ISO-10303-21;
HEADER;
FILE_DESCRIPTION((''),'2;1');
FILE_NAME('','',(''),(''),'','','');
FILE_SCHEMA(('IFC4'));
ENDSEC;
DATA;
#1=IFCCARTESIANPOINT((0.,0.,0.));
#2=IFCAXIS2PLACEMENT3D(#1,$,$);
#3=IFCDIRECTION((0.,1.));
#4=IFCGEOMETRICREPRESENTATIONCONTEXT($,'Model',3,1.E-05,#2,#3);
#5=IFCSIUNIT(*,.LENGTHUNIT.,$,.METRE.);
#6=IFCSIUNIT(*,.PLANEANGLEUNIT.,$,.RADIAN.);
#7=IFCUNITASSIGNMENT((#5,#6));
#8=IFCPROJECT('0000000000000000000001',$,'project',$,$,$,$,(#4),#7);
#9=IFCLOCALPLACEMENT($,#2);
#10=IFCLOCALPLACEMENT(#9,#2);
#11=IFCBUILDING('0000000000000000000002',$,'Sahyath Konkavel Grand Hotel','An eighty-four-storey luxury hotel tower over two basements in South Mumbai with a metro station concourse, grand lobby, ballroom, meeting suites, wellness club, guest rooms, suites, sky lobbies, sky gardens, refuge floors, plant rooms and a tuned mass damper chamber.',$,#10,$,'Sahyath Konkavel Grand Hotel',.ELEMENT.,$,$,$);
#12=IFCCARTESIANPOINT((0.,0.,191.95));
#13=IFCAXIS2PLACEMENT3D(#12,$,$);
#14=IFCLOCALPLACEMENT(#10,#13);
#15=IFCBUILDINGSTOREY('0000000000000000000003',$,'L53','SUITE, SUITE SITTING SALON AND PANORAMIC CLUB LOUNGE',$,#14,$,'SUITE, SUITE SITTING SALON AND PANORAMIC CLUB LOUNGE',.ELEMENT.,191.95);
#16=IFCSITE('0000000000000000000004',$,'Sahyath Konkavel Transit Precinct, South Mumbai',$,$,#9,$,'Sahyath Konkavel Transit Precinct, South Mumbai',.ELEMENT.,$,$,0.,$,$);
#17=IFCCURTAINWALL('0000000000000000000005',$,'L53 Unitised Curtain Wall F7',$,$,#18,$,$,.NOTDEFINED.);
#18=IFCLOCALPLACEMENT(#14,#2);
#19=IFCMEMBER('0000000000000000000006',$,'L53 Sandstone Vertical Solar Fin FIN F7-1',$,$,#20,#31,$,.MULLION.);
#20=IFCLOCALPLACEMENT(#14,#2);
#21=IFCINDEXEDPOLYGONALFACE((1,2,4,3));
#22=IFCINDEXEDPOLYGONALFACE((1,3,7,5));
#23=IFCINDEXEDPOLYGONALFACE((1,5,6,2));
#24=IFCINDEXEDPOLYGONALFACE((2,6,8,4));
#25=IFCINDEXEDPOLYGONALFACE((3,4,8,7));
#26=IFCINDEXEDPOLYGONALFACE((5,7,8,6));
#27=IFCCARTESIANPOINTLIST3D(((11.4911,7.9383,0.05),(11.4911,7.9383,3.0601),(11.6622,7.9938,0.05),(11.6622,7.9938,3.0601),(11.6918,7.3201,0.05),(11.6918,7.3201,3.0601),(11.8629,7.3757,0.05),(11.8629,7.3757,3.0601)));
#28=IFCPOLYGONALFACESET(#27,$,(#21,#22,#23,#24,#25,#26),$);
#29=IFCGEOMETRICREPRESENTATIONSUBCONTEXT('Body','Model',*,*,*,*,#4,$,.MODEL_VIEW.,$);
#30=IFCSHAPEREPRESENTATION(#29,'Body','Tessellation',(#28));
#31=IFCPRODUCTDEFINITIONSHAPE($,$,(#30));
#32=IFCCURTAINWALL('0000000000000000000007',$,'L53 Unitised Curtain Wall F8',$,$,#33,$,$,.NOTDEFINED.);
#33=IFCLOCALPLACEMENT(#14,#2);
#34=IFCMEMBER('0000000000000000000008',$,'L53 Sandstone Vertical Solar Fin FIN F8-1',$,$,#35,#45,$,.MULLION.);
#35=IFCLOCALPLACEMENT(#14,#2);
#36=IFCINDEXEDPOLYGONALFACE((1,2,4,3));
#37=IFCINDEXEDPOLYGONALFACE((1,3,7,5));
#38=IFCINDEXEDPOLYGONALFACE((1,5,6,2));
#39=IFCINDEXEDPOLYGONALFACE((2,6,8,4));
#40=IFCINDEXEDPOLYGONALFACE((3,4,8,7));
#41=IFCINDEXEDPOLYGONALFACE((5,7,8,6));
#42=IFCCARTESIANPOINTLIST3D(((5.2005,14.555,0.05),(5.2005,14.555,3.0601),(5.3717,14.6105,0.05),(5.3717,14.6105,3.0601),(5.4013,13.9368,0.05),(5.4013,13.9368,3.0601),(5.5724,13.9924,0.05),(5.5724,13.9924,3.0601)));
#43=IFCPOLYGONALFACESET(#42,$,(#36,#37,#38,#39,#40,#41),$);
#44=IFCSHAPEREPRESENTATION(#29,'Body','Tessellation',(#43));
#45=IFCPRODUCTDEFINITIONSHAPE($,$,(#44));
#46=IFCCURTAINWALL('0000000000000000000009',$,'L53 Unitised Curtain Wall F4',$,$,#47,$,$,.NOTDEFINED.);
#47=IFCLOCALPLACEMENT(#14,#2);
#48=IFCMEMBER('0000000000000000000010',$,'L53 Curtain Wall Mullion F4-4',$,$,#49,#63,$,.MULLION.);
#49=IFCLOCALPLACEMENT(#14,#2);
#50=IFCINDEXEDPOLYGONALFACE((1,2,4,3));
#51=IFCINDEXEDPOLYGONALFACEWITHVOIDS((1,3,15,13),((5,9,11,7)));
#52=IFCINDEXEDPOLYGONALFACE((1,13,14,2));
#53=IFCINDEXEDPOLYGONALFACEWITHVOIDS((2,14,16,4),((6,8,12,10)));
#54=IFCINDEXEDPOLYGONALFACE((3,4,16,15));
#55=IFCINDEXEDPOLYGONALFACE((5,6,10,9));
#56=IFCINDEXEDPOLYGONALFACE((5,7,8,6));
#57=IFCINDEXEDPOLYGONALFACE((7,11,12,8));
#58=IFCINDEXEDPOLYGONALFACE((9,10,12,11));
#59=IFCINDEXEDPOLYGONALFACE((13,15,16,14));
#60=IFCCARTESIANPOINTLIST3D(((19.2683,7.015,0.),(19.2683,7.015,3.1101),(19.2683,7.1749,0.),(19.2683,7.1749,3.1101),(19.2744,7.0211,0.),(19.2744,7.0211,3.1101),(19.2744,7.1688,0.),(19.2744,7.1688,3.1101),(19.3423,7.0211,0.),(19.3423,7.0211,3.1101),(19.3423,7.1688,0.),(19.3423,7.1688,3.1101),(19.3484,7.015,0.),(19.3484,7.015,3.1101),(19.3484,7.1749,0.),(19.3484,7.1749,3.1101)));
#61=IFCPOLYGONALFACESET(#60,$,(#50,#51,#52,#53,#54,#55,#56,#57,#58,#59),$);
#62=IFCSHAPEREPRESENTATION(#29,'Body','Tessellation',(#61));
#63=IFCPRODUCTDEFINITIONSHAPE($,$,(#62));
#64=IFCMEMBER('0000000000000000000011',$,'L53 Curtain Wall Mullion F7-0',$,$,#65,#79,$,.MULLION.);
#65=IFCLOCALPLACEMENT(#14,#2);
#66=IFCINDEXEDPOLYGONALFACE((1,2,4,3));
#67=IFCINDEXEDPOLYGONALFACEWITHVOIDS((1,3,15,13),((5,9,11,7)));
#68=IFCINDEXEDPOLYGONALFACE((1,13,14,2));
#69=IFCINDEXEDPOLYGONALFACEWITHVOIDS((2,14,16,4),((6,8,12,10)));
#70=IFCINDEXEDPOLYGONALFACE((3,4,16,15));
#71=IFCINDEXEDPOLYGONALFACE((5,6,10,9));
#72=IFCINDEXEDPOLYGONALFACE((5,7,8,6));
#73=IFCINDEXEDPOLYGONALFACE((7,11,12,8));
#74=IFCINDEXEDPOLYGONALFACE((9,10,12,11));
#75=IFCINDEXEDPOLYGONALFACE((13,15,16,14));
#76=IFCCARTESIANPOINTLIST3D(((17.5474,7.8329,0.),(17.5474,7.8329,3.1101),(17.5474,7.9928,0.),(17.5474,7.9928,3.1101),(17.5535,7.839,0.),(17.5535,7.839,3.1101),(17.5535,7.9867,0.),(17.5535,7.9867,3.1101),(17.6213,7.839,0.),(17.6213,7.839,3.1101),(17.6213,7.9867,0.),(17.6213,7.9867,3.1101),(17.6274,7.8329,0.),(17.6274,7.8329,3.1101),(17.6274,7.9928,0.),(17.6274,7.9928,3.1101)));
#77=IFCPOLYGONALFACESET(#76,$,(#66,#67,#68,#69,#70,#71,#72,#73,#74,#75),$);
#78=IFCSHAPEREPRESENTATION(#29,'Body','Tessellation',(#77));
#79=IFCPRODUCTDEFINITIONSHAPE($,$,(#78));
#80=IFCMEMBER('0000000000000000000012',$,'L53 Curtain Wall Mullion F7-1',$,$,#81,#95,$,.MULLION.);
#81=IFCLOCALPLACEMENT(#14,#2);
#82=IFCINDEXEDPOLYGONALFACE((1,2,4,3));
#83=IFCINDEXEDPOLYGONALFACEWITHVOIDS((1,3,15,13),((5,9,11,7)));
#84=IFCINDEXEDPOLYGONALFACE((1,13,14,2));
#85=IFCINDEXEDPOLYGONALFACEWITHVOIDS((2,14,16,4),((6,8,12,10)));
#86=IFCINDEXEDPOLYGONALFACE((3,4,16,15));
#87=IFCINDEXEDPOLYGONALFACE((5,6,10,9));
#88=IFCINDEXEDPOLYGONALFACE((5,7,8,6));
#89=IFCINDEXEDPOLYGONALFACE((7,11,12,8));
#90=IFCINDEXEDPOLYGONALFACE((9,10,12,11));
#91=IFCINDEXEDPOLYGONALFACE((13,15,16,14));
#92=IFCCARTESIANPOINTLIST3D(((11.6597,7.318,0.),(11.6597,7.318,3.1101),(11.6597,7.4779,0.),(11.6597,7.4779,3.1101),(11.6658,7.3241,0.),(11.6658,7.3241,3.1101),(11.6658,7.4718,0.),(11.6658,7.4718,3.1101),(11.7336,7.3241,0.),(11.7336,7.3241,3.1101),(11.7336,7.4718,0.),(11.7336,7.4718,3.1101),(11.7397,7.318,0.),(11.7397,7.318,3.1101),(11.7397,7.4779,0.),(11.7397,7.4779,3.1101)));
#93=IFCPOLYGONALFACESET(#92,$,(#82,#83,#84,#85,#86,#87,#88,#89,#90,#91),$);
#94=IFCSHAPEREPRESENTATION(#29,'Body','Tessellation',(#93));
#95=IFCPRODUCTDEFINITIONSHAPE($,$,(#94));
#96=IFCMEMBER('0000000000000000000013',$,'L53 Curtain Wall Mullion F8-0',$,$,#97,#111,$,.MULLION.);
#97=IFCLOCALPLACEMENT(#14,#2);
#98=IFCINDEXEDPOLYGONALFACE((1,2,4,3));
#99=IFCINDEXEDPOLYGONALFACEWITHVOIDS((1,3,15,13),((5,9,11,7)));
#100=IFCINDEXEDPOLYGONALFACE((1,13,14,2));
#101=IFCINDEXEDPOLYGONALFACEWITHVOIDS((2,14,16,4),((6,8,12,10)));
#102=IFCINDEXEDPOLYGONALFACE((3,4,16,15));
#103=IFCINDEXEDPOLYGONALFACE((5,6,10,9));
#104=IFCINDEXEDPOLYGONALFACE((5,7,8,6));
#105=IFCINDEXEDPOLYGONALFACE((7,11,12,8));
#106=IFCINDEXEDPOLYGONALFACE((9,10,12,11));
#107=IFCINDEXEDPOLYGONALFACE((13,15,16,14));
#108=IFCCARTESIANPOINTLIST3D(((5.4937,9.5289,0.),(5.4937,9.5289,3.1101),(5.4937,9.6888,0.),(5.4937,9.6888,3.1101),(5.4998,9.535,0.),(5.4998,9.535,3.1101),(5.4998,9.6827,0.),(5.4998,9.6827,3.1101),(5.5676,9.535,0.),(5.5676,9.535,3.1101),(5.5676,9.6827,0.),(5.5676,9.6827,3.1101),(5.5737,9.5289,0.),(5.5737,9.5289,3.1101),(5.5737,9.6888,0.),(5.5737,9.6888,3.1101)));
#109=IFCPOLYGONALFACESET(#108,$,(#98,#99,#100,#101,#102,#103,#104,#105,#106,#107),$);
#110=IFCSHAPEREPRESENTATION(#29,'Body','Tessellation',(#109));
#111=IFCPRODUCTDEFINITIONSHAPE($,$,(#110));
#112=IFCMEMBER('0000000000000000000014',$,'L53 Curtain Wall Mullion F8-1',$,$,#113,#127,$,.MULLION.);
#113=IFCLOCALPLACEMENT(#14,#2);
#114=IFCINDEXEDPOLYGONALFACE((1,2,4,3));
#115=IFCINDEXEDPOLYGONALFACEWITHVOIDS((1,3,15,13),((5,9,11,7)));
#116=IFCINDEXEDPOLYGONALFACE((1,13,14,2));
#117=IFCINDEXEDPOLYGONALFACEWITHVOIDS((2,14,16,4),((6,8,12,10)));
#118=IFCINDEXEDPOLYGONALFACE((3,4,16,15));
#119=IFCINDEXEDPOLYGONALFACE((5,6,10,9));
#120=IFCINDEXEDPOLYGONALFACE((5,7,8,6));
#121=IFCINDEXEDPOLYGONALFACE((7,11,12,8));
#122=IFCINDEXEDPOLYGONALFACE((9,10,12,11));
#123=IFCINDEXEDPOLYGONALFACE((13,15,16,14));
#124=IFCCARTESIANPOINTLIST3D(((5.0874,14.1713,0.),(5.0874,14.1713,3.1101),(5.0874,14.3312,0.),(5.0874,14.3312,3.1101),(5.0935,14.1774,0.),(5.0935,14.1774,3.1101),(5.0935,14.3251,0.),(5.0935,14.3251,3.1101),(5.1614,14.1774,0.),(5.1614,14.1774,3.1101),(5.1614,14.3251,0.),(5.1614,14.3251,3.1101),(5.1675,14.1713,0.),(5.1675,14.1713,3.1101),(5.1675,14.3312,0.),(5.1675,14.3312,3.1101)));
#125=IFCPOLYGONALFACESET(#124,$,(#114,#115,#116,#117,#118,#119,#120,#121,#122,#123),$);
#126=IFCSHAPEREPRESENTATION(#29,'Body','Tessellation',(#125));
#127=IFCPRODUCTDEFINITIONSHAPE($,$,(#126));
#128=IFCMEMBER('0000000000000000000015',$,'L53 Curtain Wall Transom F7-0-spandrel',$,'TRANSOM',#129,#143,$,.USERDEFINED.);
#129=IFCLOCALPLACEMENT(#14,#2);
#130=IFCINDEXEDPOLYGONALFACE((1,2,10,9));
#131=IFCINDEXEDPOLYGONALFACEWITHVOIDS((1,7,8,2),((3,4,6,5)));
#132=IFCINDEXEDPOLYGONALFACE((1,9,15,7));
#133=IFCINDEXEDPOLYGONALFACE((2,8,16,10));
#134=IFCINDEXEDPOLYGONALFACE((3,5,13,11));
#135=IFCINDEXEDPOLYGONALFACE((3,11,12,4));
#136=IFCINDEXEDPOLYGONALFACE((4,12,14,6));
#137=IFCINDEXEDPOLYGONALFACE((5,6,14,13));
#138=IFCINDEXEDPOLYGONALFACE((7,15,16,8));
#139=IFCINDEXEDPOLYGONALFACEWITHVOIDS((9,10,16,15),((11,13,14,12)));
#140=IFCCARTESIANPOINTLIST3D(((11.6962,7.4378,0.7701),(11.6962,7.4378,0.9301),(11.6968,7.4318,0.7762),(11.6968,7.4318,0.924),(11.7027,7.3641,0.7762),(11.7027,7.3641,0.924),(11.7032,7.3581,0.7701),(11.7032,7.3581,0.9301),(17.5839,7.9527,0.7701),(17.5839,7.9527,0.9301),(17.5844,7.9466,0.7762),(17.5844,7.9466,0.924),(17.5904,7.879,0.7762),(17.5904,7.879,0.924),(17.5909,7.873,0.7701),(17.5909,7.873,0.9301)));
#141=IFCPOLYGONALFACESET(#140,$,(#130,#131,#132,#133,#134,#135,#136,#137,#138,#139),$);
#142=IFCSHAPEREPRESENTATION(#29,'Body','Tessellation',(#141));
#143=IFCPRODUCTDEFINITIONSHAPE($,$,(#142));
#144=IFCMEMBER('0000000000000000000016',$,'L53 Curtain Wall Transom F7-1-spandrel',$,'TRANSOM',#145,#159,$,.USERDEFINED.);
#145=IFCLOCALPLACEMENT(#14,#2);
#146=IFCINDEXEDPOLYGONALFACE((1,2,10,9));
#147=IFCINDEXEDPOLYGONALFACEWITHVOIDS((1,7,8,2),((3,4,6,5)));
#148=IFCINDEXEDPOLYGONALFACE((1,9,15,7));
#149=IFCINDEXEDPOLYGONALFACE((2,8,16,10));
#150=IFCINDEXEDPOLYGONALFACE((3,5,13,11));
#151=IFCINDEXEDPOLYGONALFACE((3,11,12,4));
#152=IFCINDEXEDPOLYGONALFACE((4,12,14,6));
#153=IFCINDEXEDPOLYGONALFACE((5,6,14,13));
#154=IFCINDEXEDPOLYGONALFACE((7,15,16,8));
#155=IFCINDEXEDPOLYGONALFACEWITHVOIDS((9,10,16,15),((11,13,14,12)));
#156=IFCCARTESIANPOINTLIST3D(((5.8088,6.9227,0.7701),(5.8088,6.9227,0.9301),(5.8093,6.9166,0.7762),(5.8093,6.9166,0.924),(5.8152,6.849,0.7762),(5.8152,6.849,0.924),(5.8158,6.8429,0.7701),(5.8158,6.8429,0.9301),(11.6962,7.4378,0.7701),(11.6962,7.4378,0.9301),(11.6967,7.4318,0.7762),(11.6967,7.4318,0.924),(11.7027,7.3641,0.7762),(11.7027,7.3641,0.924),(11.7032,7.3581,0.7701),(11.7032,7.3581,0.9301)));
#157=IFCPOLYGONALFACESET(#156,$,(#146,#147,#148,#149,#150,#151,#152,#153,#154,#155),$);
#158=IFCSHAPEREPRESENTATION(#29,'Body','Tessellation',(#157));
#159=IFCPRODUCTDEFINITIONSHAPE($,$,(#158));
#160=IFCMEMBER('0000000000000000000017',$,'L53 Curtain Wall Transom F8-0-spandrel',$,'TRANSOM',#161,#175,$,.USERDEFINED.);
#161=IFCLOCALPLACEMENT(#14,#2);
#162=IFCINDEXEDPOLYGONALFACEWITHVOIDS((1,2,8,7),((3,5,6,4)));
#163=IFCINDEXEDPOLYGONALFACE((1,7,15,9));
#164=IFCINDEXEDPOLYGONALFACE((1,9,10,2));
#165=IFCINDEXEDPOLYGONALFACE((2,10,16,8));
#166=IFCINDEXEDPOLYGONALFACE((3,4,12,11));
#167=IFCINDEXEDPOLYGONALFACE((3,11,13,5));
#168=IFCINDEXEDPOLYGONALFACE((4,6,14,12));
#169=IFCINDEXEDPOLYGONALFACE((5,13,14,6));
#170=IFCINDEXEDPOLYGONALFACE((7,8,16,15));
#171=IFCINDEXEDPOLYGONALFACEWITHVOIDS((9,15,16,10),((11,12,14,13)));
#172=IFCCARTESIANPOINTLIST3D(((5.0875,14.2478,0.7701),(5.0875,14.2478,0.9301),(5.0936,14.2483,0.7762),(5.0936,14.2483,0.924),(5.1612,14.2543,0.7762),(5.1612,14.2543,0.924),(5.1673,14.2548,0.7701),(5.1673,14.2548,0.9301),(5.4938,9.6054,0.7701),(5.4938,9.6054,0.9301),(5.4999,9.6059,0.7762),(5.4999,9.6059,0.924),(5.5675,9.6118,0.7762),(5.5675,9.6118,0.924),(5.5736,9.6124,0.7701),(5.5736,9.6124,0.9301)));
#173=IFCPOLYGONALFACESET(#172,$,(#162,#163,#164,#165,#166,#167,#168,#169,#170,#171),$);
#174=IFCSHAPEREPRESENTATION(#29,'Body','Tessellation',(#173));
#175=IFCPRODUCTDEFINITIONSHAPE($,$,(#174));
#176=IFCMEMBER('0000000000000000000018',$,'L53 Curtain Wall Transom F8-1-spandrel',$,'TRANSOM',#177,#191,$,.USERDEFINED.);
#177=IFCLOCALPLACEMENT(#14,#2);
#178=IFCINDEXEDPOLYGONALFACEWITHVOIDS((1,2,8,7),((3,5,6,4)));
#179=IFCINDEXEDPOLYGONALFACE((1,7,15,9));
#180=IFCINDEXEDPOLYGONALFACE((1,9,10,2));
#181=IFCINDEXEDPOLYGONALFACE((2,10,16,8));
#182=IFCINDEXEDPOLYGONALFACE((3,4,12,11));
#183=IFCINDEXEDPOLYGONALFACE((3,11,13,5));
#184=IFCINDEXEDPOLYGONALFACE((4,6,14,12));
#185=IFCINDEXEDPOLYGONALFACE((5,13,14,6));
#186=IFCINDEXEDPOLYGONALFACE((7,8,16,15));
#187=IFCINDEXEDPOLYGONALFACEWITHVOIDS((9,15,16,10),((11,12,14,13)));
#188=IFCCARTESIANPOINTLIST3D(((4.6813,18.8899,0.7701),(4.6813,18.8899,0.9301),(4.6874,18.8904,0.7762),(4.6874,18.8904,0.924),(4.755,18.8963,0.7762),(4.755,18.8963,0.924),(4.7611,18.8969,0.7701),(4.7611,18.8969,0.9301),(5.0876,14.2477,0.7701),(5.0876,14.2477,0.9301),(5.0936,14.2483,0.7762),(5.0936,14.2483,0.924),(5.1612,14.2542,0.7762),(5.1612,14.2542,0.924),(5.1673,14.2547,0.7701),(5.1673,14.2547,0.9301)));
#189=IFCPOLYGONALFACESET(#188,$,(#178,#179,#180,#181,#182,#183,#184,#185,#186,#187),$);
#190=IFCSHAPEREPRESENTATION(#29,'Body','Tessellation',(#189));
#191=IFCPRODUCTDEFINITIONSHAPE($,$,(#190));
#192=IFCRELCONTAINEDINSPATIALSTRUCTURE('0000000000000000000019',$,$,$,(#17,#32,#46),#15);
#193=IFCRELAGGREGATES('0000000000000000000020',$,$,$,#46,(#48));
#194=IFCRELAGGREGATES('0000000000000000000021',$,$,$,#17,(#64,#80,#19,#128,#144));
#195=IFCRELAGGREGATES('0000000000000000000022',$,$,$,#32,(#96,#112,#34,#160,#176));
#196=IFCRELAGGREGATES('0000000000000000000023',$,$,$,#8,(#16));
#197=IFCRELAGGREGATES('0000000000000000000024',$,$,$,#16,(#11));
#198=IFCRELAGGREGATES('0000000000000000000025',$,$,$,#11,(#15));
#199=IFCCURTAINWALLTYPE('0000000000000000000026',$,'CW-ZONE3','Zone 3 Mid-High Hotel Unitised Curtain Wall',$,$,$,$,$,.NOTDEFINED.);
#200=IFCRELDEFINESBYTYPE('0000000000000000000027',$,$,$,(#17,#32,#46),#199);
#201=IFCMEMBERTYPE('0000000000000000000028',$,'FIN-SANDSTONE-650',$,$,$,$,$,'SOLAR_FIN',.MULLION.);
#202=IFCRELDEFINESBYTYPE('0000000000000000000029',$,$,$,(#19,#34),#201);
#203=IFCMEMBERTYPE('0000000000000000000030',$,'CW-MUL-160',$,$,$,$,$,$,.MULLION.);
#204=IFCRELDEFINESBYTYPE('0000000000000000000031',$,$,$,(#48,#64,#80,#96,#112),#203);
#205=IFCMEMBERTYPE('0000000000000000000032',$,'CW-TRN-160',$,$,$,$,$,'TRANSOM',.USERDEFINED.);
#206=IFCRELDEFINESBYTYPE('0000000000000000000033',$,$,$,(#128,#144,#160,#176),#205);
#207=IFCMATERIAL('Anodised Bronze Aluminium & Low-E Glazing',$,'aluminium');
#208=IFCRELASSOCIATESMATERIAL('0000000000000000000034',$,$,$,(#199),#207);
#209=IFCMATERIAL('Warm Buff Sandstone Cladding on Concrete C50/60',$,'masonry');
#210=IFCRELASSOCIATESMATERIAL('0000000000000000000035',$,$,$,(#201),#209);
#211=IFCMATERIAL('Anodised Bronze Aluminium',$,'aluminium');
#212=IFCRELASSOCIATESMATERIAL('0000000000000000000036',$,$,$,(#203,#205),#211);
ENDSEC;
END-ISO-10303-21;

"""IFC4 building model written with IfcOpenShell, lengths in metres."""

from ifc_helpers import new_model, si_unit, direction, frame, origin, origin_2d, place, context, subcontext, project, spatial, rectangle, hollow_rectangle, extrude, source, transform, mapped, material, material_profile, profile_set, type_object, element, aggregate, save


model = new_model("IFC4")

# Units and contexts
model_context = context("Model", 3, precision=1e-05, world=origin(), true_north=direction((0.0, 1.0)))
body_context = subcontext(model_context, "Body", "Model", "MODEL_VIEW")
ifc_project = project(units=[si_unit("LENGTHUNIT", "METRE"), si_unit("PLANEANGLEUNIT", "RADIAN")], contexts=[model_context])

# Site, building, storey
site_placement = place(None, origin())
site = spatial("IfcSite", under=ifc_project, at=site_placement, Name="Sahyath Konkavel Transit Precinct, South Mumbai", LongName="Sahyath Konkavel Transit Precinct, South Mumbai", CompositionType="ELEMENT", RefElevation=0.0)
building_placement = place(site_placement, origin())
building = spatial("IfcBuilding", under=site, at=building_placement, Name="Sahyath Konkavel Grand Hotel", Description="An eighty-four-storey luxury hotel tower over two basements in South Mumbai with a metro station concourse, grand lobby, ballroom, meeting suites, wellness club, guest rooms, suites, sky lobbies, sky gardens, refuge floors, plant rooms and a tuned mass damper chamber.", LongName="Sahyath Konkavel Grand Hotel", CompositionType="ELEMENT")
storey_placement = place(building_placement, frame((0.0, 0.0, 191.95)))
storey = spatial("IfcBuildingStorey", under=building, at=storey_placement, Name="L53", Description="SUITE, SUITE SITTING SALON AND PANORAMIC CLUB LOUNGE", LongName="SUITE, SUITE SITTING SALON AND PANORAMIC CLUB LOUNGE", CompositionType="ELEMENT", Elevation=191.95)

# Curtain walls, members
ifc_material_1 = material(Name="Anodised Bronze Aluminium & Low-E Glazing", Category="aluminium")
curtain_wall_type = type_object("IfcCurtainWallType", Name="CW-ZONE3", Description="Zone 3 Mid-High Hotel Unitised Curtain Wall", PredefinedType="NOTDEFINED", material=ifc_material_1)
curtain_wall_1_placement = place(storey_placement, origin())
curtain_wall_1 = element("IfcCurtainWall", 1, at=curtain_wall_1_placement, inside=storey, type_object=curtain_wall_type, Name="L53 Unitised Curtain Wall F7", PredefinedType="NOTDEFINED")
ifc_material_2 = material(Name="Warm Buff Sandstone Cladding on Concrete C50/60", Category="masonry")
ifc_material_profile_1 = material_profile(ifc_material_2, rectangle(XDim=0.1799, YDim=0.6499, at=origin_2d()), Name="FIN 180x650")
ifc_profile_set_1 = profile_set([ifc_material_profile_1], Name="Warm Buff Sandstone Cladding on Concrete C50/60")
member_type_1 = type_object("IfcMemberType", Name="FIN-SANDSTONE-650", ElementType="SOLAR_FIN", PredefinedType="MULLION", material=ifc_profile_set_1)
shared_shape_1 = source(origin(), body_context, "Body", "SweptSolid", [
    extrude(rectangle(XDim=0.1799, YDim=0.6499, at=origin_2d()), origin(), (0.0, 0.0, 1.0), 3.01),
])
member_1_placement = place(storey_placement, frame((11.677, 7.657, 0.05), z_axis=(0.0, 0.0, 1.0), x_axis=(0.95111, 0.308851, 0.0)))
member_1 = element("IfcMember", 2, at=member_1_placement, type_object=member_type_1, Name="L53 Sandstone Vertical Solar Fin FIN F7-1", PredefinedType="MULLION", context=body_context, shape_type="MappedRepresentation", body=[
    mapped(shared_shape_1, transform((0.0, 0.0, 0.0), scale=1.0)),
])
curtain_wall_2_placement = place(storey_placement, origin())
curtain_wall_2 = element("IfcCurtainWall", 3, at=curtain_wall_2_placement, inside=storey, type_object=curtain_wall_type, Name="L53 Unitised Curtain Wall F8", PredefinedType="NOTDEFINED")
member_2_placement = place(storey_placement, frame((5.3865, 14.2737, 0.05), z_axis=(0.0, 0.0, 1.0), x_axis=(0.95111, 0.308851, 0.0)))
member_2 = element("IfcMember", 4, at=member_2_placement, type_object=member_type_1, Name="L53 Sandstone Vertical Solar Fin FIN F8-1", PredefinedType="MULLION", context=body_context, shape_type="MappedRepresentation", body=[
    mapped(shared_shape_1, transform((0.0, 0.0, 0.0), scale=1.0)),
])
curtain_wall_3_placement = place(storey_placement, origin())
curtain_wall_3 = element("IfcCurtainWall", 5, at=curtain_wall_3_placement, inside=storey, type_object=curtain_wall_type, Name="L53 Unitised Curtain Wall F4", PredefinedType="NOTDEFINED")
ifc_material_3 = material(Name="Anodised Bronze Aluminium", Category="aluminium")
ifc_material_profile_2 = material_profile(ifc_material_3, hollow_rectangle(XDim=0.0801, YDim=0.1599, WallThickness=0.0061, at=origin_2d()), Name="RHS 160x80x6")
ifc_profile_set_2 = profile_set([ifc_material_profile_2], Name="Anodised Bronze Aluminium")
member_type_2 = type_object("IfcMemberType", Name="CW-MUL-160", PredefinedType="MULLION", material=ifc_profile_set_2)
shared_shape_2 = source(origin(), body_context, "Body", "SweptSolid", [
    extrude(hollow_rectangle(XDim=0.0801, YDim=0.1599, WallThickness=0.0061, at=origin_2d()), origin(), (0.0, 0.0, 1.0), 3.1101),
])
member_3_placement = place(storey_placement, frame((19.3083, 7.095, 0.0), z_axis=(0.0, 0.0, 1.0), x_axis=(1.0, 0.0, 0.0)))
member_3 = element("IfcMember", 6, at=member_3_placement, type_object=member_type_2, Name="L53 Curtain Wall Mullion F4-4", PredefinedType="MULLION", context=body_context, shape_type="MappedRepresentation", body=[
    mapped(shared_shape_2, transform((0.0, 0.0, 0.0), scale=1.0)),
])
aggregate(curtain_wall_3, [member_3])

# Members
member_4_placement = place(storey_placement, frame((17.5874, 7.9128, 0.0), z_axis=(0.0, 0.0, 1.0), x_axis=(1.0, 0.0, 0.0)))
member_4 = element("IfcMember", 7, at=member_4_placement, type_object=member_type_2, Name="L53 Curtain Wall Mullion F7-0", PredefinedType="MULLION", context=body_context, shape_type="MappedRepresentation", body=[
    mapped(shared_shape_2, transform((0.0, 0.0, 0.0), scale=1.0)),
])
member_5_placement = place(storey_placement, frame((11.6997, 7.3979, 0.0), z_axis=(0.0, 0.0, 1.0), x_axis=(1.0, 0.0, 0.0)))
member_5 = element("IfcMember", 8, at=member_5_placement, type_object=member_type_2, Name="L53 Curtain Wall Mullion F7-1", PredefinedType="MULLION", context=body_context, shape_type="MappedRepresentation", body=[
    mapped(shared_shape_2, transform((0.0, 0.0, 0.0), scale=1.0)),
])
member_6_placement = place(storey_placement, frame((5.5337, 9.6089, 0.0), z_axis=(0.0, 0.0, 1.0), x_axis=(1.0, 0.0, 0.0)))
member_6 = element("IfcMember", 9, at=member_6_placement, type_object=member_type_2, Name="L53 Curtain Wall Mullion F8-0", PredefinedType="MULLION", context=body_context, shape_type="MappedRepresentation", body=[
    mapped(shared_shape_2, transform((0.0, 0.0, 0.0), scale=1.0)),
])
member_7_placement = place(storey_placement, frame((5.1274, 14.2512, 0.0), z_axis=(0.0, 0.0, 1.0), x_axis=(1.0, 0.0, 0.0)))
member_7 = element("IfcMember", 10, at=member_7_placement, type_object=member_type_2, Name="L53 Curtain Wall Mullion F8-1", PredefinedType="MULLION", context=body_context, shape_type="MappedRepresentation", body=[
    mapped(shared_shape_2, transform((0.0, 0.0, 0.0), scale=1.0)),
])
ifc_material_profile_3 = material_profile(ifc_material_3, hollow_rectangle(XDim=0.0801, YDim=0.1599, WallThickness=0.0061, at=origin_2d()), Name="RHS 160x80x6")
ifc_profile_set_3 = profile_set([ifc_material_profile_3], Name="Anodised Bronze Aluminium")
member_type_3 = type_object("IfcMemberType", Name="CW-TRN-160", ElementType="TRANSOM", PredefinedType="USERDEFINED", material=ifc_profile_set_3)
shared_shape_3 = source(origin(), body_context, "Body", "SweptSolid", [
    extrude(hollow_rectangle(XDim=0.0801, YDim=0.1599, WallThickness=0.0061, at=origin_2d()), origin(), (0.0, 0.0, 1.0), 5.9102),
])
member_8_placement = place(storey_placement, frame((17.5874, 7.9128, 0.8501), z_axis=(-0.996198, -0.08712, 0.0), x_axis=(0.08712, -0.996198, 0.0)))
member_8 = element("IfcMember", 11, at=member_8_placement, type_object=member_type_3, Name="L53 Curtain Wall Transom F7-0-spandrel", ObjectType="TRANSOM", PredefinedType="USERDEFINED", context=body_context, shape_type="MappedRepresentation", body=[
    mapped(shared_shape_3, transform((0.0, 0.0, 0.0), scale=1.0)),
])
shared_shape_4 = source(origin(), body_context, "Body", "SweptSolid", [
    extrude(hollow_rectangle(XDim=0.0801, YDim=0.1599, WallThickness=0.0061, at=origin_2d()), origin(), (0.0, 0.0, 1.0), 5.9099),
])
member_9_placement = place(storey_placement, frame((11.6997, 7.3979, 0.8501), z_axis=(-0.996194, -0.087164, 0.0), x_axis=(0.087164, -0.996194, 0.0)))
member_9 = element("IfcMember", 12, at=member_9_placement, type_object=member_type_3, Name="L53 Curtain Wall Transom F7-1-spandrel", ObjectType="TRANSOM", PredefinedType="USERDEFINED", context=body_context, shape_type="MappedRepresentation", body=[
    mapped(shared_shape_4, transform((0.0, 0.0, 0.0), scale=1.0)),
])
shared_shape_5 = source(origin(), body_context, "Body", "SweptSolid", [
    extrude(hollow_rectangle(XDim=0.0801, YDim=0.1599, WallThickness=0.0061, at=origin_2d()), origin(), (0.0, 0.0, 1.0), 4.6602),
])
member_10_placement = place(storey_placement, frame((5.5337, 9.6089, 0.8501), z_axis=(-0.087177, 0.996193, 0.0), x_axis=(-0.996193, -0.087177, 0.0)))
member_10 = element("IfcMember", 13, at=member_10_placement, type_object=member_type_3, Name="L53 Curtain Wall Transom F8-0-spandrel", ObjectType="TRANSOM", PredefinedType="USERDEFINED", context=body_context, shape_type="MappedRepresentation", body=[
    mapped(shared_shape_5, transform((0.0, 0.0, 0.0), scale=1.0)),
])
shared_shape_6 = source(origin(), body_context, "Body", "SweptSolid", [
    extrude(hollow_rectangle(XDim=0.0801, YDim=0.1599, WallThickness=0.0061, at=origin_2d()), origin(), (0.0, 0.0, 1.0), 4.6599),
])
member_11_placement = place(storey_placement, frame((5.1274, 14.2512, 0.8501), z_axis=(-0.087181, 0.996192, 0.0), x_axis=(-0.996192, -0.087181, 0.0)))
member_11 = element("IfcMember", 14, at=member_11_placement, type_object=member_type_3, Name="L53 Curtain Wall Transom F8-1-spandrel", ObjectType="TRANSOM", PredefinedType="USERDEFINED", context=body_context, shape_type="MappedRepresentation", body=[
    mapped(shared_shape_6, transform((0.0, 0.0, 0.0), scale=1.0)),
])

aggregate(curtain_wall_1, [member_4, member_5, member_1, member_8, member_9])
aggregate(curtain_wall_2, [member_6, member_7, member_2, member_10, member_11])

save(model, "model.ifc")
